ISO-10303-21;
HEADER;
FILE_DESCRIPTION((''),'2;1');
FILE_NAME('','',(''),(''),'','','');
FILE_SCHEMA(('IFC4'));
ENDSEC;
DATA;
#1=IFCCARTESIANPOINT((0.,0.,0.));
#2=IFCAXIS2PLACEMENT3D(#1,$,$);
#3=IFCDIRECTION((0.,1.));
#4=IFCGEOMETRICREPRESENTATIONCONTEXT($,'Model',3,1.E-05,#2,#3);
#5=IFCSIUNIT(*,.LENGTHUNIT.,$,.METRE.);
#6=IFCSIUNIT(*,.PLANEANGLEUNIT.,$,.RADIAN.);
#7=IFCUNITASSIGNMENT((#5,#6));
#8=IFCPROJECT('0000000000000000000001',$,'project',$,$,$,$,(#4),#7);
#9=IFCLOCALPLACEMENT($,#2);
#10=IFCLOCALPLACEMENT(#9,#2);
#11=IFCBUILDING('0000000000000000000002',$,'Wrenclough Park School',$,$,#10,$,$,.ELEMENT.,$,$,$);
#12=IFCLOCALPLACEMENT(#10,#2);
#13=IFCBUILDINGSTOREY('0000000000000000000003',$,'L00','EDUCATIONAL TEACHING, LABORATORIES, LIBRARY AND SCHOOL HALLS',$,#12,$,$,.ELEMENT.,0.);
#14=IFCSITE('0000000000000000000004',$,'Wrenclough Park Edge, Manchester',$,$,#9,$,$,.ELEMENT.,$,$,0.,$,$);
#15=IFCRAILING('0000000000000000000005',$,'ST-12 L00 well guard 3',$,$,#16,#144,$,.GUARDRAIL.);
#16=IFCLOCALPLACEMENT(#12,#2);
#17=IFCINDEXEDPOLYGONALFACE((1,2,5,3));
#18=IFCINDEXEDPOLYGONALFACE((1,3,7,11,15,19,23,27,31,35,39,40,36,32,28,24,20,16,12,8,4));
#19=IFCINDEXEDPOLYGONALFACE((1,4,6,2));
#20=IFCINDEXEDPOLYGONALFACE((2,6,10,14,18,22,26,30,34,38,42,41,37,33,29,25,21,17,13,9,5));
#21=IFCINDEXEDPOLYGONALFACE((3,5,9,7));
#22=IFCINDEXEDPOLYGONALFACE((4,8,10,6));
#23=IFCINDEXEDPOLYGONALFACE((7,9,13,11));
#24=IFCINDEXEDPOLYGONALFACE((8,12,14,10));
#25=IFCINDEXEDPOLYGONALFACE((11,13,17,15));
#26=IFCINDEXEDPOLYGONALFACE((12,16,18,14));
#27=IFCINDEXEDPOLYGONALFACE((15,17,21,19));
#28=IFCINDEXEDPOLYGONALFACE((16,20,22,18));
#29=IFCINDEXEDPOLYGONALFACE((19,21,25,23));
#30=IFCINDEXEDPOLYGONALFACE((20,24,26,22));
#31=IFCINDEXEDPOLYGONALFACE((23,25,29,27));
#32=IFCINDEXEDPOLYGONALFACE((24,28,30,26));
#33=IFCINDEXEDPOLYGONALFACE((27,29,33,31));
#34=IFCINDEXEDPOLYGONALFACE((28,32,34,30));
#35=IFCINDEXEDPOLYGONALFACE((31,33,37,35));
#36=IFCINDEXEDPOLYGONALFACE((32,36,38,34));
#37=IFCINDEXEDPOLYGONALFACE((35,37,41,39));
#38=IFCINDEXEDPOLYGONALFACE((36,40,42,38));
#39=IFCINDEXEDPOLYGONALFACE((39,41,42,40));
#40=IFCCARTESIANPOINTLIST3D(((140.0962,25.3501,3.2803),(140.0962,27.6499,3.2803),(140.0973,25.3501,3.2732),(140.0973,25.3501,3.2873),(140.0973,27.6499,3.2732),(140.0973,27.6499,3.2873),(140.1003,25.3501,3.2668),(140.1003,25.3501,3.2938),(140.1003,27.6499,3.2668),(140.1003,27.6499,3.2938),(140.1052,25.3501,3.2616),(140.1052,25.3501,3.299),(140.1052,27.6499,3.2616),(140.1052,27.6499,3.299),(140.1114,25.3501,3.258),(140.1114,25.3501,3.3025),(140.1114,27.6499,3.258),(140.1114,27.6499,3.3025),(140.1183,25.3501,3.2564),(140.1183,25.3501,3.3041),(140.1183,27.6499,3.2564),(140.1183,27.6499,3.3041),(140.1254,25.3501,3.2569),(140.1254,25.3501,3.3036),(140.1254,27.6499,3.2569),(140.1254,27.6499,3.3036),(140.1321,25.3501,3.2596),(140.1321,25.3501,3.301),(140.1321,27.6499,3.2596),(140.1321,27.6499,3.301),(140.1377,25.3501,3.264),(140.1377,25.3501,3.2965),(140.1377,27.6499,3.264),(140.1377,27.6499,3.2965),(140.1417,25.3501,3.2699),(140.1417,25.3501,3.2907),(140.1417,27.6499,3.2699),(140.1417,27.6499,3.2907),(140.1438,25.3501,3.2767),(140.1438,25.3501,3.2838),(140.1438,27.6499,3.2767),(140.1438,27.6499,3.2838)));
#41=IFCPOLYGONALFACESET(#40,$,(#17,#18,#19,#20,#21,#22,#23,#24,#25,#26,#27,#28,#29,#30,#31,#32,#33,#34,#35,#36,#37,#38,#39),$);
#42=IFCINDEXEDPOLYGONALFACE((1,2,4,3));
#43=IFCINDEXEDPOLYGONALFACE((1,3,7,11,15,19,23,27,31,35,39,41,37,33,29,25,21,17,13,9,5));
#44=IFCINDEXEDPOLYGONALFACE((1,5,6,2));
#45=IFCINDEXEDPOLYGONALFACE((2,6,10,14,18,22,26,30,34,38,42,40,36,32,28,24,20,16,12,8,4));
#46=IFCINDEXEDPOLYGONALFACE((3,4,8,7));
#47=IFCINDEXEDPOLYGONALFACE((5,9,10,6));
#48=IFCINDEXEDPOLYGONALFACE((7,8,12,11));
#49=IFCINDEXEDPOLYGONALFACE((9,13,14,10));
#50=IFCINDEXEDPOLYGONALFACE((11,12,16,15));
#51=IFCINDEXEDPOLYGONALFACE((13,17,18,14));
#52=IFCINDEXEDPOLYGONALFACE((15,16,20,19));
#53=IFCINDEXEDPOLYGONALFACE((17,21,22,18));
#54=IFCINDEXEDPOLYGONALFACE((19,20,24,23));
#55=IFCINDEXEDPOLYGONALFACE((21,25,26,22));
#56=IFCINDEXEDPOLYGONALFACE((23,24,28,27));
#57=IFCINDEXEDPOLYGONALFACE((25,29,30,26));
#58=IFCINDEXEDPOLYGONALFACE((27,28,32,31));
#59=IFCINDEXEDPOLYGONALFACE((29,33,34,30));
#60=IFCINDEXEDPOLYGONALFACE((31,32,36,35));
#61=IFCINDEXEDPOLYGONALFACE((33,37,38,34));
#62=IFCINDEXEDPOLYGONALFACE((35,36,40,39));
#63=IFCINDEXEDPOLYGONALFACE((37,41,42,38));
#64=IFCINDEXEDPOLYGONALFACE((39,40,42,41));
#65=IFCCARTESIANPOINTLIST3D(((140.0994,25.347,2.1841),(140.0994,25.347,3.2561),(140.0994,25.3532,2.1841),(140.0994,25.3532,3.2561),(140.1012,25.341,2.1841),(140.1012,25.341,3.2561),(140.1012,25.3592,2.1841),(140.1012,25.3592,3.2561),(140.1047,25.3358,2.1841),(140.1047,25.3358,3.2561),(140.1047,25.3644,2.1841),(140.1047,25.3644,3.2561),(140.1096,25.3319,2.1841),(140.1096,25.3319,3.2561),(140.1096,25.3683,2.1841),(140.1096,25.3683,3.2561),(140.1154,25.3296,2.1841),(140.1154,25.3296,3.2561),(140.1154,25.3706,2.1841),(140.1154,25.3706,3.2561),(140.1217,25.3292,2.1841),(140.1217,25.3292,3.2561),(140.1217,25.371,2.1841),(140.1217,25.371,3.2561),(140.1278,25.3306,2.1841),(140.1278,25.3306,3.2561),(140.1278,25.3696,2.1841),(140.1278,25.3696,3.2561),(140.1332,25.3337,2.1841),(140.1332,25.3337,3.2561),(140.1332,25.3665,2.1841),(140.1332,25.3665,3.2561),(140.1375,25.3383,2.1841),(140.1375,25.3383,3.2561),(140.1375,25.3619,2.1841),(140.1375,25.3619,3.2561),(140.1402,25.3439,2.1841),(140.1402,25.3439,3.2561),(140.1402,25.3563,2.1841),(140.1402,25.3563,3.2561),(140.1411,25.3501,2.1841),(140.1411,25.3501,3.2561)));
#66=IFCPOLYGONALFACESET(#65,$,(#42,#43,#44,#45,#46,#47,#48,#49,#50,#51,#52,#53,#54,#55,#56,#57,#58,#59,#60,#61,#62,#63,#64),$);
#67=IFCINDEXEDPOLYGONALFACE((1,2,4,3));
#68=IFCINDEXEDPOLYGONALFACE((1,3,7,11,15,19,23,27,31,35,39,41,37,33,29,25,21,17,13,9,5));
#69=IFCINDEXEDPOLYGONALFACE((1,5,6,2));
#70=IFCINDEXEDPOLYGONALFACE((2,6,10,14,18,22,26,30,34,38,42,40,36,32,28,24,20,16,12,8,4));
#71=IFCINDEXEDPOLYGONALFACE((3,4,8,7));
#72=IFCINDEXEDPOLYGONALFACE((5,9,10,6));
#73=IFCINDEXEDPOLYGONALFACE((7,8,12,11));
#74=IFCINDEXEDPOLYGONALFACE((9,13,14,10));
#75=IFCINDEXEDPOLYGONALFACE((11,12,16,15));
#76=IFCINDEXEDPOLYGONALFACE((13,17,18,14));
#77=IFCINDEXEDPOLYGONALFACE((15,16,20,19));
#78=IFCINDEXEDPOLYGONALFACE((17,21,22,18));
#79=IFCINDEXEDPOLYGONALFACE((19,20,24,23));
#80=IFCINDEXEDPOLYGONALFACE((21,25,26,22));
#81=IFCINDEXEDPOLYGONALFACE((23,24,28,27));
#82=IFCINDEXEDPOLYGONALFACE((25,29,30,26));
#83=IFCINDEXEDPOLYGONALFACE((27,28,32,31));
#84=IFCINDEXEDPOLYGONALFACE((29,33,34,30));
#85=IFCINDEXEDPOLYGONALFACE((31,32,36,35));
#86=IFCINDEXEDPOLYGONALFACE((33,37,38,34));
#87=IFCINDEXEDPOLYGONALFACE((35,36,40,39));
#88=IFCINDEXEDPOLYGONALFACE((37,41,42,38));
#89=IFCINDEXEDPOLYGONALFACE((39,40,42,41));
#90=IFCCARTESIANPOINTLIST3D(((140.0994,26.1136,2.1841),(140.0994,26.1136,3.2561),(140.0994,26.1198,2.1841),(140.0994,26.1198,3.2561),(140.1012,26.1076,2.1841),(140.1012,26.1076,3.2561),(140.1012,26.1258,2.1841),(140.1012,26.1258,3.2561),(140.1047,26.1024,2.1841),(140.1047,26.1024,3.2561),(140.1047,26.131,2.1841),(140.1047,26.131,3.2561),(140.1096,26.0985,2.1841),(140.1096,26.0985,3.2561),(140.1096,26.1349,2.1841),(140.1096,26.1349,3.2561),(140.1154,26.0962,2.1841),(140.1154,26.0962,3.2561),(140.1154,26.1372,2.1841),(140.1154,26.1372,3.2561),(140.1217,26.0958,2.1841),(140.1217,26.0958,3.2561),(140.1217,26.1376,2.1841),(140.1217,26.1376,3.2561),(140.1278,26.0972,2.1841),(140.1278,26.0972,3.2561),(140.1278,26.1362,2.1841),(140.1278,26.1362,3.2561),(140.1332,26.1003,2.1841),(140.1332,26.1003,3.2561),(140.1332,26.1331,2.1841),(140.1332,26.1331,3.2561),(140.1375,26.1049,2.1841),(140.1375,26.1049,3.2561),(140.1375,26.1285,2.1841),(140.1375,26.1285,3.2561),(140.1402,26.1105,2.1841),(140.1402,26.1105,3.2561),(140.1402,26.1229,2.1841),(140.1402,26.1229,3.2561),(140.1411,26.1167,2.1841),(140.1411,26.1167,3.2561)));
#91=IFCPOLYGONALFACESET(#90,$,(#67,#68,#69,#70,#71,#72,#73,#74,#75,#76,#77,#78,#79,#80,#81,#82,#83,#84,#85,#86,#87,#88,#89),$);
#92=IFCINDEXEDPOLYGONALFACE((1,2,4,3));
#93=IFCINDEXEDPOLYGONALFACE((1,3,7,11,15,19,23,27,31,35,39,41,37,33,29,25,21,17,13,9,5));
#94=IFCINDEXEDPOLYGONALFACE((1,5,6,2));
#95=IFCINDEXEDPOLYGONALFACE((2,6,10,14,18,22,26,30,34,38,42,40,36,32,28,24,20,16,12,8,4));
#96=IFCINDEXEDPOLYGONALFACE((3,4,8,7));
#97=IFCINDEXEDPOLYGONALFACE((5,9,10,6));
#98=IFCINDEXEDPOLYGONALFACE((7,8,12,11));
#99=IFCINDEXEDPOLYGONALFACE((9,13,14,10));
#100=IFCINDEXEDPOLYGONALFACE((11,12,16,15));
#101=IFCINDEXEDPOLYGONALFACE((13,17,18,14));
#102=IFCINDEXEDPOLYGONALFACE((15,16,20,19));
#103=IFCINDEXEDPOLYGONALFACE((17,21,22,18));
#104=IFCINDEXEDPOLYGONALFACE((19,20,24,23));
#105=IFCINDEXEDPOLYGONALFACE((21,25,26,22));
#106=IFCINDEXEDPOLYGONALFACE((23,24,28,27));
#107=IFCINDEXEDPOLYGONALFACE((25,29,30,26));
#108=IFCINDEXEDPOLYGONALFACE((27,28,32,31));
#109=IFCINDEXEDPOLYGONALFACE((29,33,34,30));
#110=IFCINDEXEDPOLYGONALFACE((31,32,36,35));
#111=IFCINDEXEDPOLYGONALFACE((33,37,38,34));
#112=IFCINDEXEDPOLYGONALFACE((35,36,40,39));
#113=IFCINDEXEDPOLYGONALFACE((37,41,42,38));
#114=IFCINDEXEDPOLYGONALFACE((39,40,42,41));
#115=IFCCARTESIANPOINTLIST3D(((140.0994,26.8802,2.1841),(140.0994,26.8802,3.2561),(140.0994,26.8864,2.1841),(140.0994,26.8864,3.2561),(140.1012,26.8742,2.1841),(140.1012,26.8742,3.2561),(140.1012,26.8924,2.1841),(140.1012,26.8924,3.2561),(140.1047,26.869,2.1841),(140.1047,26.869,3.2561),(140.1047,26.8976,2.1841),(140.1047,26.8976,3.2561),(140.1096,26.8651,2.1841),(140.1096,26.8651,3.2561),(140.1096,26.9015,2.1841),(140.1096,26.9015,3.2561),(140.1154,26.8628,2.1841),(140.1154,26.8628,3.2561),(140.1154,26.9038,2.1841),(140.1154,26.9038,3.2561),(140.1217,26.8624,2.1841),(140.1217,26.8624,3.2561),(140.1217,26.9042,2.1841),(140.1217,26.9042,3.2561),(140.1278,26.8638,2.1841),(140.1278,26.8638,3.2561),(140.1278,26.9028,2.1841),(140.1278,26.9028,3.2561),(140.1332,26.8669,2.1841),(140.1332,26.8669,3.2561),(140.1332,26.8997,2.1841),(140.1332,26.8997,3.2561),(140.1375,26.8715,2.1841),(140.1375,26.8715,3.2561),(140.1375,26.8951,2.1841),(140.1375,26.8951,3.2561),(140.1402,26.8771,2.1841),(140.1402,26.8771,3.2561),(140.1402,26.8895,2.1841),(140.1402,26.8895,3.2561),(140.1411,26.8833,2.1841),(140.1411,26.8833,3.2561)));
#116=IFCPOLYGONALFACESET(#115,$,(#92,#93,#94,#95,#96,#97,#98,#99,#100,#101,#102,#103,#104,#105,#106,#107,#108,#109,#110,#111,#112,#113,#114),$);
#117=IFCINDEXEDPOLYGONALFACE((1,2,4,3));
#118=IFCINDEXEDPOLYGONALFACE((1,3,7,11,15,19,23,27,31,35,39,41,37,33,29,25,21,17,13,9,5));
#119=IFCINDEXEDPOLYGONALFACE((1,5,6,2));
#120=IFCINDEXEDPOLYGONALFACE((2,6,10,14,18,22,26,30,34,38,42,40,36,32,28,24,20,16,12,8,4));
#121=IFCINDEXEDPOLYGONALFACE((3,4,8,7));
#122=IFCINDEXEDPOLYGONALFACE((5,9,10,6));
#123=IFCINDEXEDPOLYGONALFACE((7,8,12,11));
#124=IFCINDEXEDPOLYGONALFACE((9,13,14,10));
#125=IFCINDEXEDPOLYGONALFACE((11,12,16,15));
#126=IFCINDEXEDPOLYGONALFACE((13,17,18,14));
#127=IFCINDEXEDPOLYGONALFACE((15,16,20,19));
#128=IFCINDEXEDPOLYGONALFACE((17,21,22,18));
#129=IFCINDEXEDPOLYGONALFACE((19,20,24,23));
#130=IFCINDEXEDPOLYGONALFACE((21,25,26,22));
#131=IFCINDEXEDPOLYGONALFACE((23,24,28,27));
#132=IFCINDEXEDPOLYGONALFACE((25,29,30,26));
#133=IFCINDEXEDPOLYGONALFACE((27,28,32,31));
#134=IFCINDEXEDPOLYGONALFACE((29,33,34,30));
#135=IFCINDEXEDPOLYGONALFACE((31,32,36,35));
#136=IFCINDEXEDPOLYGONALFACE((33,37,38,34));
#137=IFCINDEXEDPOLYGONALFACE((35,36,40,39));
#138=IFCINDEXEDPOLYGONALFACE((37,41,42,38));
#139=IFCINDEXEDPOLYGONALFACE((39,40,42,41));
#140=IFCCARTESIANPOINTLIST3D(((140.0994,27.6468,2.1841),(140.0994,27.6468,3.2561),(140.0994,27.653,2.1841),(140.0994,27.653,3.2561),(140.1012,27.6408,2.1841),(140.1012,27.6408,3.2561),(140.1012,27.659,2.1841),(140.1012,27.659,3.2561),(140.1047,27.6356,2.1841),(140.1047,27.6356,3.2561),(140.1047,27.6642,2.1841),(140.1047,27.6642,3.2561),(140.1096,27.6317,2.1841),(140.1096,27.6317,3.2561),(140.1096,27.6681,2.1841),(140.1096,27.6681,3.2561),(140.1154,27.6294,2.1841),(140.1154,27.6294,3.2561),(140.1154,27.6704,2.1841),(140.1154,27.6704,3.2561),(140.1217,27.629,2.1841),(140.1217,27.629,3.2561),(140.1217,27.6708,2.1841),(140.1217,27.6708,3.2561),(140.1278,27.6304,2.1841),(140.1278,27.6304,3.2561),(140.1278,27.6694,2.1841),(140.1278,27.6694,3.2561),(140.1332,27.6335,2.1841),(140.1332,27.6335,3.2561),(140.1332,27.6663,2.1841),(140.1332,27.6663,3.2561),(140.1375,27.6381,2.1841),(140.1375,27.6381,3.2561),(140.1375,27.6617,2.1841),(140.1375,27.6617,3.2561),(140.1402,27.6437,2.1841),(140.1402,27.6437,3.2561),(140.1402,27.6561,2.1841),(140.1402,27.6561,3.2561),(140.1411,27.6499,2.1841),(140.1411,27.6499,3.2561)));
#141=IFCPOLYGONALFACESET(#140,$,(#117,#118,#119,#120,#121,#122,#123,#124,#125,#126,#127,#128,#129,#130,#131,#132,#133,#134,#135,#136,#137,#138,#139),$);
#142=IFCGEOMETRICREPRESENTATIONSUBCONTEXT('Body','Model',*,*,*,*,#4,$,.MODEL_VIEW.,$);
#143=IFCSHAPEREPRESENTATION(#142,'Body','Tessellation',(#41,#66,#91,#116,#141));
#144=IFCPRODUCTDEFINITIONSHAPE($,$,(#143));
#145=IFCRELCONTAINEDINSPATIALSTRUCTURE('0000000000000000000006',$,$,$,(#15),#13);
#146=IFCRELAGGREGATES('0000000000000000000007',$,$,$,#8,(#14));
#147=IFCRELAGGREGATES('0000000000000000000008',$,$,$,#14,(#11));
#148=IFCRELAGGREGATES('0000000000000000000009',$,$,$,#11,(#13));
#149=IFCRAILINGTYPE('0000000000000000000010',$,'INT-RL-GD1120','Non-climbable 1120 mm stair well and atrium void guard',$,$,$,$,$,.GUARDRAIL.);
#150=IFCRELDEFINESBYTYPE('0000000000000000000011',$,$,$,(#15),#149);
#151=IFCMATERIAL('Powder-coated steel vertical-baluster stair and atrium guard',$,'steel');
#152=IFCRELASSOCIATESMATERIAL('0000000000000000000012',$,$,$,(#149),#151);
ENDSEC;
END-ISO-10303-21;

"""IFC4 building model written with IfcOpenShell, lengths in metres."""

from ifc_helpers import new_model, si_unit, direction, frame, origin, origin_2d, place, context, subcontext, project, spatial, circle, extrude, material, type_object, element, save


model = new_model("IFC4")

# Units and contexts
model_context = context("Model", 3, precision=1e-05, world=origin(), true_north=direction((0.0, 1.0)))
body_context = subcontext(model_context, "Body", "Model", "MODEL_VIEW")
ifc_project = project(units=[si_unit("LENGTHUNIT", "METRE"), si_unit("PLANEANGLEUNIT", "RADIAN")], contexts=[model_context])

# Site, building, storey
site_placement = place(None, origin())
site = spatial("IfcSite", under=ifc_project, at=site_placement, Name="Wrenclough Park Edge, Manchester", CompositionType="ELEMENT", RefElevation=0.0)
building_placement = place(site_placement, origin())
building = spatial("IfcBuilding", under=site, at=building_placement, Name="Wrenclough Park School", CompositionType="ELEMENT")
storey_placement = place(building_placement, origin())
storey = spatial("IfcBuildingStorey", under=building, at=storey_placement, Name="L00", Description="EDUCATIONAL TEACHING, LABORATORIES, LIBRARY AND SCHOOL HALLS", CompositionType="ELEMENT", Elevation=0.0)

# Railing
ifc_material_1 = material(Name="Powder-coated steel vertical-baluster stair and atrium guard", Category="steel")
railing_type_1 = type_object("IfcRailingType", Name="INT-RL-GD1120", Description="Non-climbable 1120 mm stair well and atrium void guard", PredefinedType="GUARDRAIL", material=ifc_material_1)
railing_1_placement = place(storey_placement, frame((140.1201, 25.3501, 2.1841)))
element("IfcRailing", 1, at=railing_1_placement, inside=storey, type_object=railing_type_1, Name="ST-12 L00 well guard 3", PredefinedType="GUARDRAIL", context=body_context, shape_type="SweptSolid", body=[
    extrude(circle(Radius=0.0239, at=origin_2d()), frame((0.0, 0.0, 1.0962), z_axis=(0.0, 1.0, 0.0), x_axis=(-1.0, 0.0, 0.0)), (0.0, 0.0, 1.0), 2.2998),
    extrude(circle(Radius=0.021, at=origin_2d()), origin(), (0.0, 0.0, 1.0), 1.072),
    extrude(circle(Radius=0.021, at=origin_2d()), frame((0.0, 0.7666, 0.0)), (0.0, 0.0, 1.0), 1.072),
    extrude(circle(Radius=0.021, at=origin_2d()), frame((0.0, 1.5332, 0.0)), (0.0, 0.0, 1.0), 1.072),
    extrude(circle(Radius=0.021, at=origin_2d()), frame((0.0, 2.2998, 0.0)), (0.0, 0.0, 1.0), 1.072),
])

save(model, "model.ifc")
